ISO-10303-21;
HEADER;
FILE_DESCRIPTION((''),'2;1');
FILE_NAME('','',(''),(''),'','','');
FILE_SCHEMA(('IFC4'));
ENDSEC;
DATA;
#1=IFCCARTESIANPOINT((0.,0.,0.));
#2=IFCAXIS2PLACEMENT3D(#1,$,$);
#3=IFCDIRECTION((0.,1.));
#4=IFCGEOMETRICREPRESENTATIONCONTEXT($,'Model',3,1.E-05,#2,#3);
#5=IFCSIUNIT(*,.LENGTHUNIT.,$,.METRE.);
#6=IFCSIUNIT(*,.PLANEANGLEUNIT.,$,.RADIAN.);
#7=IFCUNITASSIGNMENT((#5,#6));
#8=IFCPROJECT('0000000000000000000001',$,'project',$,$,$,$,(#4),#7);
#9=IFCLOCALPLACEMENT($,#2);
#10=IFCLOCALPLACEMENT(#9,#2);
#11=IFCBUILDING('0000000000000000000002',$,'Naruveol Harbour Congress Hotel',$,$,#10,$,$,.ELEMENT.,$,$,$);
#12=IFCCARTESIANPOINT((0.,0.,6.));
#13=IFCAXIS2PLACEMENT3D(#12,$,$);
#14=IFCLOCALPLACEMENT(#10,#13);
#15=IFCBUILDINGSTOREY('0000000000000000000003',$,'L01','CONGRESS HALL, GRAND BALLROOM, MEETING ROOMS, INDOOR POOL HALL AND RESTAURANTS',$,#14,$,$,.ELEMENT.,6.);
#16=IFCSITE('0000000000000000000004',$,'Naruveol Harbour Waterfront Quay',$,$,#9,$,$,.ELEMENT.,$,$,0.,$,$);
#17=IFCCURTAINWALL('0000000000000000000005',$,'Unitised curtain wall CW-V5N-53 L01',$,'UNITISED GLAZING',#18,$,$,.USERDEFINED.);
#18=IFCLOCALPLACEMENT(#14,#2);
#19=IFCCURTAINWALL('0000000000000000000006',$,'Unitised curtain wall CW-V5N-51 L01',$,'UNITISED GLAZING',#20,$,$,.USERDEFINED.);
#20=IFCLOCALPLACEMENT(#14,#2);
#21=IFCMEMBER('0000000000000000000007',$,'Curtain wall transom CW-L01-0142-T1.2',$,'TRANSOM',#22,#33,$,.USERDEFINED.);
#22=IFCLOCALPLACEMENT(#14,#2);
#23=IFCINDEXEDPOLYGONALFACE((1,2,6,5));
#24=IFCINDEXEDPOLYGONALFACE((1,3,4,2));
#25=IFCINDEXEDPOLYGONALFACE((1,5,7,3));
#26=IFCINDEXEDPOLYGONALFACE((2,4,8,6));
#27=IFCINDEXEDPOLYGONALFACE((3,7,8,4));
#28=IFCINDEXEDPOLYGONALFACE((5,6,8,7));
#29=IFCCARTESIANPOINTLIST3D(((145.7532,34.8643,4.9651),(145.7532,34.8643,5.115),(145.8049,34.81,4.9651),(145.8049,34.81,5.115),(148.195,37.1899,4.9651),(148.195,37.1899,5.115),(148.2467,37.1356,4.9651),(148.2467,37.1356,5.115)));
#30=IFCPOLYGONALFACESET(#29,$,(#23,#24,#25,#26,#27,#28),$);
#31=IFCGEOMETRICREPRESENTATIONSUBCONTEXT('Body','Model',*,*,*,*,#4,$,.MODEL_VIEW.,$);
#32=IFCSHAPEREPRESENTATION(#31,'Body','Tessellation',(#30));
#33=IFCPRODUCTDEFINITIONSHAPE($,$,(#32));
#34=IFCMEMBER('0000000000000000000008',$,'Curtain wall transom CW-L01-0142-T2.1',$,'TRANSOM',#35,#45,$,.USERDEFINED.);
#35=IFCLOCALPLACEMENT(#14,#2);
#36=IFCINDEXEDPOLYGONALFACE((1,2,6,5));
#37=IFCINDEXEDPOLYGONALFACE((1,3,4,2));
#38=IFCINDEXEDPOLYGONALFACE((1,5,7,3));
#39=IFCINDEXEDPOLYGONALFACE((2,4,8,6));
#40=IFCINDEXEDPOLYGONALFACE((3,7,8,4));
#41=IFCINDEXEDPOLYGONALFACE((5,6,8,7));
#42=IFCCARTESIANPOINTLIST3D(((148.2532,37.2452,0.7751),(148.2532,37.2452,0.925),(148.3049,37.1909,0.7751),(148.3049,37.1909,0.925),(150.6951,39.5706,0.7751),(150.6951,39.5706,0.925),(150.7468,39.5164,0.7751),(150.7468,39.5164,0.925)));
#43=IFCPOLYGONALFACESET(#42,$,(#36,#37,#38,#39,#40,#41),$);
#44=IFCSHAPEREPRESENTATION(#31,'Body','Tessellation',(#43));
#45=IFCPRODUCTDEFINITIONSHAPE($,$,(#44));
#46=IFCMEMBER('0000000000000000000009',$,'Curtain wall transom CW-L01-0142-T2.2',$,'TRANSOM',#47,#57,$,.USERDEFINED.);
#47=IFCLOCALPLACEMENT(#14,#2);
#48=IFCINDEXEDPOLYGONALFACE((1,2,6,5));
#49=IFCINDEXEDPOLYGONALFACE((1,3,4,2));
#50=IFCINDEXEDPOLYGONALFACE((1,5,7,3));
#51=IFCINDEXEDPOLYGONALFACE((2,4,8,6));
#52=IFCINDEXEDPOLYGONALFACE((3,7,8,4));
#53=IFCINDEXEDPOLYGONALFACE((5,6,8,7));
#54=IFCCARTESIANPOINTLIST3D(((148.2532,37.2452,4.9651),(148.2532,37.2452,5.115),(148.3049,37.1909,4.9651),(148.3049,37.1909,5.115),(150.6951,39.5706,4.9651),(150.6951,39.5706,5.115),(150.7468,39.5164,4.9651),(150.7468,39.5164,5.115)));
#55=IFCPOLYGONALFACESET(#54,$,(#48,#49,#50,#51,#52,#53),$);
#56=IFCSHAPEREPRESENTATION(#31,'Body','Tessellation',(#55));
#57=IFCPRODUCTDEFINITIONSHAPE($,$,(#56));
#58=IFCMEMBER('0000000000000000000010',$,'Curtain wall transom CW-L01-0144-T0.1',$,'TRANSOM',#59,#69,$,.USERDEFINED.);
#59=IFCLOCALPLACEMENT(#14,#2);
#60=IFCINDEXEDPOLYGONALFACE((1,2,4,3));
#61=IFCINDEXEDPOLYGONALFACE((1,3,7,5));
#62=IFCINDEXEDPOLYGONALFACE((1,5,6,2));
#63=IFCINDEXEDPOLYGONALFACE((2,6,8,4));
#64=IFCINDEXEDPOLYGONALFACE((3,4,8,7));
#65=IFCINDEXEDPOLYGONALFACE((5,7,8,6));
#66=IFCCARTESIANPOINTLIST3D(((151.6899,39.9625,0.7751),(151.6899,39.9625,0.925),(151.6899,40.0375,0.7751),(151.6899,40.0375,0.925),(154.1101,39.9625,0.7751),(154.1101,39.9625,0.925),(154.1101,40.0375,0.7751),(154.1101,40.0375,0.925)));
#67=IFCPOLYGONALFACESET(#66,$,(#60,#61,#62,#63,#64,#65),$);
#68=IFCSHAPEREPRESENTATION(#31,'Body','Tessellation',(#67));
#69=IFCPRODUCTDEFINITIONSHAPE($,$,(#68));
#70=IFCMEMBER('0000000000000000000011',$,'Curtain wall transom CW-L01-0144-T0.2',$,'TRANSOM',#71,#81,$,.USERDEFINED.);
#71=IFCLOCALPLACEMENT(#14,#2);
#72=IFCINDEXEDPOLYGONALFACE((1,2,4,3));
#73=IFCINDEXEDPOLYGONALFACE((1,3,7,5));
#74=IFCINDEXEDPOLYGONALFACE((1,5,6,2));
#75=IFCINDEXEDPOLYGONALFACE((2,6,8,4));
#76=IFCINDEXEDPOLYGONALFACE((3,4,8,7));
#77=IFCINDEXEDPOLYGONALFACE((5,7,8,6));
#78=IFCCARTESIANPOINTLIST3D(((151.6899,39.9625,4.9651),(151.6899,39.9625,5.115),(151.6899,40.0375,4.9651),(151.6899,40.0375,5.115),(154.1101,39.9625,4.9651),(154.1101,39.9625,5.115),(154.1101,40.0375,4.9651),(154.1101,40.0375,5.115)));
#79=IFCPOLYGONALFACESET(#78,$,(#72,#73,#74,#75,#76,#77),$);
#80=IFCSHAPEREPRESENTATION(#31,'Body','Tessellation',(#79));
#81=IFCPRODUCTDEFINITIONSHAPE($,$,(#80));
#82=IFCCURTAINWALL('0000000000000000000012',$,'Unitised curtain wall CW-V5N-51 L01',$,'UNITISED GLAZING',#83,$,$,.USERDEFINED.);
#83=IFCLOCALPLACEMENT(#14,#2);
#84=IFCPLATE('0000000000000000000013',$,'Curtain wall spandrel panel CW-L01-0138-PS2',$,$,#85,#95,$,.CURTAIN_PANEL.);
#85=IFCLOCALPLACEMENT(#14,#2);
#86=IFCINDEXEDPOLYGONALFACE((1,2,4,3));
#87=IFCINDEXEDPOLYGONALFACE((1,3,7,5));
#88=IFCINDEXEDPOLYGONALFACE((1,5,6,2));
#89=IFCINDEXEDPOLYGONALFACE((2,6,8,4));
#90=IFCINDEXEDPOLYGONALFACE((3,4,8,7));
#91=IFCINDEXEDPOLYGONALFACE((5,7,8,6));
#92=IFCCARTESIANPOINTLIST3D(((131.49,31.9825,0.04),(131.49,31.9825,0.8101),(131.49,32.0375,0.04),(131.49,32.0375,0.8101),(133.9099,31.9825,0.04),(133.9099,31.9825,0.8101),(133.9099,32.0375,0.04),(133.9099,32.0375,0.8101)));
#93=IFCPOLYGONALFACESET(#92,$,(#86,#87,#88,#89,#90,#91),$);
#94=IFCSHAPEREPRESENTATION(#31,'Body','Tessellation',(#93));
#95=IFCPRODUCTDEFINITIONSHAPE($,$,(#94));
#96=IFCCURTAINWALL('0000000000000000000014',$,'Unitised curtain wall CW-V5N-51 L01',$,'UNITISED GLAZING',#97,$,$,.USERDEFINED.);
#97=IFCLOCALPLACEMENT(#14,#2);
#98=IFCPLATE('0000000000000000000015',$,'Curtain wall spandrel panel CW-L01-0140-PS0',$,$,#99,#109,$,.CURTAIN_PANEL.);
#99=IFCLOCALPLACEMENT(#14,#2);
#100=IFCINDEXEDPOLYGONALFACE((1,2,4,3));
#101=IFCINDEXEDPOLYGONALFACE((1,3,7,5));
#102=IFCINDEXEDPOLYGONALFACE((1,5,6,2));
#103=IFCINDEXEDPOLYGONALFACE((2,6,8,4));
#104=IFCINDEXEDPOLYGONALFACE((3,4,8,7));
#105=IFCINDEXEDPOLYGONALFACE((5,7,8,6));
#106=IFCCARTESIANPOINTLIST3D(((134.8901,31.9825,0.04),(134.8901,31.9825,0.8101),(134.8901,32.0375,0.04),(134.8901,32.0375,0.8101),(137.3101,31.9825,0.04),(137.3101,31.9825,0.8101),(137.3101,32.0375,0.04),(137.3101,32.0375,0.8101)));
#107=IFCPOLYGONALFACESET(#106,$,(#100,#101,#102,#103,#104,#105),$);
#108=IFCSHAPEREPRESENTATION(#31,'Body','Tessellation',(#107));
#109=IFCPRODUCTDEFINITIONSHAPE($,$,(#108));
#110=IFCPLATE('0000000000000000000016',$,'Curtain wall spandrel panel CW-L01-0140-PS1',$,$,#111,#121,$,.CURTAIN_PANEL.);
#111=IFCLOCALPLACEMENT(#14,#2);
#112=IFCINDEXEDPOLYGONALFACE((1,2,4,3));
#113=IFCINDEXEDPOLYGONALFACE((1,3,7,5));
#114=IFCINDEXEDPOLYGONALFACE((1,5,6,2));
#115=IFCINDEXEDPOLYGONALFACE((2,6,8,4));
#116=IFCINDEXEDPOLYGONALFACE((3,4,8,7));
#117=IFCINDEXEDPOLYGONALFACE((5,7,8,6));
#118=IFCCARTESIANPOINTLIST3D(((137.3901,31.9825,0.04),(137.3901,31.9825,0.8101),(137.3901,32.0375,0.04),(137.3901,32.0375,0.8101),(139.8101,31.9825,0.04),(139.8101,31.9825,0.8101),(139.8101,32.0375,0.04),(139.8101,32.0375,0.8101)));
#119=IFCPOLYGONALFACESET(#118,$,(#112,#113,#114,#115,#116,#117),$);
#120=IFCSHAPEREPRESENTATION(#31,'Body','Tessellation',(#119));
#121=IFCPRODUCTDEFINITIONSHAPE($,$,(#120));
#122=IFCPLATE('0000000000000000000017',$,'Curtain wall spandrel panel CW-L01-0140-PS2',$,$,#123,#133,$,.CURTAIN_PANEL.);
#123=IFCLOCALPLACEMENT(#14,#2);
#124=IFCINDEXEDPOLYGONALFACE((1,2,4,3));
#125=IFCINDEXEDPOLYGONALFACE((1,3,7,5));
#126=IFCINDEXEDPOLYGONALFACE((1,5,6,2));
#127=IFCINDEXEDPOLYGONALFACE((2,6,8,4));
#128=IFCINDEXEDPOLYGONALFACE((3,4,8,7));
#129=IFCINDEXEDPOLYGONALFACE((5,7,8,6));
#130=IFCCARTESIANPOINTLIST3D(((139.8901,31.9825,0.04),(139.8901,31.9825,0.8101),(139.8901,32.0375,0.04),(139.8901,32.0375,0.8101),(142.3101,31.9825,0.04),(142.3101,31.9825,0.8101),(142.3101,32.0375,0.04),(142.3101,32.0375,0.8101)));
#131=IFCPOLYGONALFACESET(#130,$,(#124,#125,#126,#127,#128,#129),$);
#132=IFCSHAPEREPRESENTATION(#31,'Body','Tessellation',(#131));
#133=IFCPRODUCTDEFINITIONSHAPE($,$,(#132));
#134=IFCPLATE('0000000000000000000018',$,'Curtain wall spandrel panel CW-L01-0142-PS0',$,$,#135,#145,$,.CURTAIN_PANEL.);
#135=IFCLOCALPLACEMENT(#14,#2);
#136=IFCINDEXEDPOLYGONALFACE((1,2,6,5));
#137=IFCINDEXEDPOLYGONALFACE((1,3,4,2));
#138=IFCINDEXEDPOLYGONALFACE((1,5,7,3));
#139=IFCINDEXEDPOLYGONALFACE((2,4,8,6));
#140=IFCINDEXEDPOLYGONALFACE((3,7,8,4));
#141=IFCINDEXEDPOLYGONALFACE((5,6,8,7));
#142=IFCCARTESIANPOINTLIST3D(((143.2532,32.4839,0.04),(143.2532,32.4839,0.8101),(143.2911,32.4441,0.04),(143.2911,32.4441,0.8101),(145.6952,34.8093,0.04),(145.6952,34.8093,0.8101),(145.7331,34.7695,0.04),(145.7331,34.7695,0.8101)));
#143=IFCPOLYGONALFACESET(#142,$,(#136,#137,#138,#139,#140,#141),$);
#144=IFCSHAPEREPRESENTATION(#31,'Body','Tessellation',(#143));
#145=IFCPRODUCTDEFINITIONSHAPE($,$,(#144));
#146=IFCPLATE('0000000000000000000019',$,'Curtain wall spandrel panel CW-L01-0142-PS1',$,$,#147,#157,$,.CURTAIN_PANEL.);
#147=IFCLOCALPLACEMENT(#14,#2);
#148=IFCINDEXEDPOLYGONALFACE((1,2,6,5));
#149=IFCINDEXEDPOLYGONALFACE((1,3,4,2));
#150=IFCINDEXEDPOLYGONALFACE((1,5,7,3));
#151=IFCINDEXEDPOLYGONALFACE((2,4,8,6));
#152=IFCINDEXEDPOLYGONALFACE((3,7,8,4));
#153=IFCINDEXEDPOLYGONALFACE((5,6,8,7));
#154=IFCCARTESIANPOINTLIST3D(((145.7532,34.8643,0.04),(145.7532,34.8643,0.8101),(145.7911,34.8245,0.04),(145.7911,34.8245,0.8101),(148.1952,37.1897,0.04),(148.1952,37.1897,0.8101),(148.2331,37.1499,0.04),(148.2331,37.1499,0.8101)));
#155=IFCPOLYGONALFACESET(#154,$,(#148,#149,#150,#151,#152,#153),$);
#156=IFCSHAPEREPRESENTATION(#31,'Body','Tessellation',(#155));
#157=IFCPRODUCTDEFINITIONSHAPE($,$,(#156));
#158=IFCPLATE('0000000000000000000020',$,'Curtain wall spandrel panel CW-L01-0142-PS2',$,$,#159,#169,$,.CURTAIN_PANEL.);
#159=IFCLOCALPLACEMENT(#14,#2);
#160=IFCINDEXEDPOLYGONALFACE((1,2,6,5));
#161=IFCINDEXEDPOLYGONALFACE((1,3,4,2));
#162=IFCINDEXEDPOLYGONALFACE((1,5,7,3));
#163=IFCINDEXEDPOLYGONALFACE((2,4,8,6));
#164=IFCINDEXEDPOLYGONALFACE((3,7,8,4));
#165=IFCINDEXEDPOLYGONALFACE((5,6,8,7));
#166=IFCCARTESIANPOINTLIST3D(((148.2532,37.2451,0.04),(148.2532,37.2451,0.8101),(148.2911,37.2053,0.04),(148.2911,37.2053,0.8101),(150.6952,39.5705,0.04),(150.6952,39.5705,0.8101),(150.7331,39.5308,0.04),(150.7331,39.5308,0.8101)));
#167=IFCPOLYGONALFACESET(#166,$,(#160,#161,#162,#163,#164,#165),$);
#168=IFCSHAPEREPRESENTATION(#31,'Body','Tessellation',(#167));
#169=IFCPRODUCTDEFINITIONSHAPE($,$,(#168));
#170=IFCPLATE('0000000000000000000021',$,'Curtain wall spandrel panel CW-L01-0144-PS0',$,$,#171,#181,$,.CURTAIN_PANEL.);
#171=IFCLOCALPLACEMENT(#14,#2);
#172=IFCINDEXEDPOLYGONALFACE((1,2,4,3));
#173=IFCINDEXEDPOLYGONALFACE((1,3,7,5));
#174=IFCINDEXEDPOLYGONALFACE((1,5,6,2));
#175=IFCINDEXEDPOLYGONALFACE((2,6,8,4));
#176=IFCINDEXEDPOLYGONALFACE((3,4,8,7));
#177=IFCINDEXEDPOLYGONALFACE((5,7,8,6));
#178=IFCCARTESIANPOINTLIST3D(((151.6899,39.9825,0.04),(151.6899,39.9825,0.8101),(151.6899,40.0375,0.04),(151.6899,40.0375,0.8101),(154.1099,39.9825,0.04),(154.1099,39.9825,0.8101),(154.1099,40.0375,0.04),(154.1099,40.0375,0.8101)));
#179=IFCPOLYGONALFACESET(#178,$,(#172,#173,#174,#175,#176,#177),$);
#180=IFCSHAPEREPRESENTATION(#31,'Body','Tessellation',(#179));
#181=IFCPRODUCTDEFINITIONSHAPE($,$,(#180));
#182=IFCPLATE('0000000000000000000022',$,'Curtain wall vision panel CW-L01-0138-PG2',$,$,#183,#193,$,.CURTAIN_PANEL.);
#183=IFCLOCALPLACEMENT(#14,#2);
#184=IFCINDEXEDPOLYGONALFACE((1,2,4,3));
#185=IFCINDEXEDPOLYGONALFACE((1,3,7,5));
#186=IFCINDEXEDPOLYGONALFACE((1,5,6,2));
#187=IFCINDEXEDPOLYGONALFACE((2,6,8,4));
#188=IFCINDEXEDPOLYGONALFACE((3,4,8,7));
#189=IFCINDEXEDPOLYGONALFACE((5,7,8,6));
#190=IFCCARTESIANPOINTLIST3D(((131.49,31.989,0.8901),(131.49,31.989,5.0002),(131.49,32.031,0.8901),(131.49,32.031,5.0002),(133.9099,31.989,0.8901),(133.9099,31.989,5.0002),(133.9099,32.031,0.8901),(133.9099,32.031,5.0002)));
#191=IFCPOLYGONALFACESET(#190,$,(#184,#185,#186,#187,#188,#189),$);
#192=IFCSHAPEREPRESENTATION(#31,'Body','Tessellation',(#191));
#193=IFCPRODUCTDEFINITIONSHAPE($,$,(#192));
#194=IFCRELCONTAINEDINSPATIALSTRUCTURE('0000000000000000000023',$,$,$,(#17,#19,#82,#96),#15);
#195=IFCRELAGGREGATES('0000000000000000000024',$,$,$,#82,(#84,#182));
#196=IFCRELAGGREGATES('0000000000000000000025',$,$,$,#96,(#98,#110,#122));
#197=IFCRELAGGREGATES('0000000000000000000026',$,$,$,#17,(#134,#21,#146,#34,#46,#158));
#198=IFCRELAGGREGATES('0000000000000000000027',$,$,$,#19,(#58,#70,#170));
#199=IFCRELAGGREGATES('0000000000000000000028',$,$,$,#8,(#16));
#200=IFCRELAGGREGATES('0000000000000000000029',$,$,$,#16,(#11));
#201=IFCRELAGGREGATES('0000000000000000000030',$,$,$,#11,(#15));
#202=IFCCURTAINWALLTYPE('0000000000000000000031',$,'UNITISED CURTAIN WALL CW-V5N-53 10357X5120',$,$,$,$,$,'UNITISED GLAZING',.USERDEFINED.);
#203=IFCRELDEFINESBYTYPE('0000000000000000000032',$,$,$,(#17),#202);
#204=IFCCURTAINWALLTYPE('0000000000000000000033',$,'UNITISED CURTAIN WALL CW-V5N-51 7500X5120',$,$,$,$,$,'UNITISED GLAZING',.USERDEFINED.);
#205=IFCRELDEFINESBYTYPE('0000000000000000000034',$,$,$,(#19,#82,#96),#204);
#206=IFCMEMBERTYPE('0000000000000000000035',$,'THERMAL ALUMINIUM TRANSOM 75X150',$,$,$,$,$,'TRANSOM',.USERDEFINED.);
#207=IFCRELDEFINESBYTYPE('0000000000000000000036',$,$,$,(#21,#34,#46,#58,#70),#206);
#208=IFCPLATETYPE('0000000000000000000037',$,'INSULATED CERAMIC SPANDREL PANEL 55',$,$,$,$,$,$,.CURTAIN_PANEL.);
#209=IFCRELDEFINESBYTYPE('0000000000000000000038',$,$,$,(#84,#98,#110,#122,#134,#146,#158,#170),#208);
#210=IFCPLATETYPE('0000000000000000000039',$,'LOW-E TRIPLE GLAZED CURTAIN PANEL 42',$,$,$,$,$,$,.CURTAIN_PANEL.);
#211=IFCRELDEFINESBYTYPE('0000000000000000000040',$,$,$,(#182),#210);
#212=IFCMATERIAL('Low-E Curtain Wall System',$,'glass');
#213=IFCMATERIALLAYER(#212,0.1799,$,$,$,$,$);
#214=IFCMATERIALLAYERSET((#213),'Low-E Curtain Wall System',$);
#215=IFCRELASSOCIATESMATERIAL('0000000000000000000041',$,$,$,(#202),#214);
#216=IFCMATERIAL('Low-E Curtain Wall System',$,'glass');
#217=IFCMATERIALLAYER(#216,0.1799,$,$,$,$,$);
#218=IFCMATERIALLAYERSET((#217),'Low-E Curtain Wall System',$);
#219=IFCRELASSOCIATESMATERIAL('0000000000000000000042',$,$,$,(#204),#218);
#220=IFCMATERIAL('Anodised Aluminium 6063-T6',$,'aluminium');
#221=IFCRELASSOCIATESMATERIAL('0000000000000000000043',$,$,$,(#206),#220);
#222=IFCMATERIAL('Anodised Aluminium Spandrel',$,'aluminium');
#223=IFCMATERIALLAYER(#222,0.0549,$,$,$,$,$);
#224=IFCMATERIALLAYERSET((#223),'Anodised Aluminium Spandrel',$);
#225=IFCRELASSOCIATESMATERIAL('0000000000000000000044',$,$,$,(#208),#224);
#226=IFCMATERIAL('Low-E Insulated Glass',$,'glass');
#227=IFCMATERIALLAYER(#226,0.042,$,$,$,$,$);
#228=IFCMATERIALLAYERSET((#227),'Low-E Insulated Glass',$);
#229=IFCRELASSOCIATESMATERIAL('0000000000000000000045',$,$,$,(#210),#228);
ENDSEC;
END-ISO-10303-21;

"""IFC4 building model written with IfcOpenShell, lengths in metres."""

from ifc_helpers import new_model, si_unit, direction, frame, origin, origin_2d, place, context, subcontext, project, spatial, rectangle, extrude, material, layer, layer_set, material_profile, profile_set, type_object, element, aggregate, save


model = new_model("IFC4")

# Units and contexts
model_context = context("Model", 3, precision=1e-05, world=origin(), true_north=direction((0.0, 1.0)))
body_context = subcontext(model_context, "Body", "Model", "MODEL_VIEW")
ifc_project = project(units=[si_unit("LENGTHUNIT", "METRE"), si_unit("PLANEANGLEUNIT", "RADIAN")], contexts=[model_context])

# Site, building, storey
site_placement = place(None, origin())
site = spatial("IfcSite", under=ifc_project, at=site_placement, Name="Naruveol Harbour Waterfront Quay", CompositionType="ELEMENT", RefElevation=0.0)
building_placement = place(site_placement, origin())
building = spatial("IfcBuilding", under=site, at=building_placement, Name="Naruveol Harbour Congress Hotel", CompositionType="ELEMENT")
storey_placement = place(building_placement, frame((0.0, 0.0, 6.0)))
storey = spatial("IfcBuildingStorey", under=building, at=storey_placement, Name="L01", Description="CONGRESS HALL, GRAND BALLROOM, MEETING ROOMS, INDOOR POOL HALL AND RESTAURANTS", CompositionType="ELEMENT", Elevation=6.0)

# Curtain walls
ifc_material_1 = material(Name="Low-E Curtain Wall System", Category="glass")
ifc_layer_1 = layer(ifc_material_1, 0.1799)
ifc_layer_set_1 = layer_set([ifc_layer_1], Name="Low-E Curtain Wall System")
curtain_wall_type_1 = type_object("IfcCurtainWallType", Name="UNITISED CURTAIN WALL CW-V5N-53 10357X5120", ElementType="UNITISED GLAZING", PredefinedType="USERDEFINED", material=ifc_layer_set_1)
curtain_wall_1_placement = place(storey_placement, origin())
curtain_wall_1 = element("IfcCurtainWall", 1, at=curtain_wall_1_placement, inside=storey, type_object=curtain_wall_type_1, Name="Unitised curtain wall CW-V5N-53 L01", ObjectType="UNITISED GLAZING", PredefinedType="USERDEFINED")
ifc_material_2 = material(Name="Low-E Curtain Wall System", Category="glass")
ifc_layer_2 = layer(ifc_material_2, 0.1799)
ifc_layer_set_2 = layer_set([ifc_layer_2], Name="Low-E Curtain Wall System")
curtain_wall_type_2 = type_object("IfcCurtainWallType", Name="UNITISED CURTAIN WALL CW-V5N-51 7500X5120", ElementType="UNITISED GLAZING", PredefinedType="USERDEFINED", material=ifc_layer_set_2)
curtain_wall_2_placement = place(storey_placement, origin())
curtain_wall_2 = element("IfcCurtainWall", 2, at=curtain_wall_2_placement, inside=storey, type_object=curtain_wall_type_2, Name="Unitised curtain wall CW-V5N-51 L01", ObjectType="UNITISED GLAZING", PredefinedType="USERDEFINED")

# Members
ifc_material_3 = material(Name="Anodised Aluminium 6063-T6", Category="aluminium")
ifc_material_profile_1 = material_profile(ifc_material_3, rectangle(XDim=0.075, YDim=0.1499, at=origin_2d()), Name="ALU-75x150")
ifc_profile_set_1 = profile_set([ifc_material_profile_1], Name="Anodised Aluminium 6063-T6")
member_type_1 = type_object("IfcMemberType", Name="THERMAL ALUMINIUM TRANSOM 75X150", ElementType="TRANSOM", PredefinedType="USERDEFINED", material=ifc_profile_set_1)
member_1_placement = place(storey_placement, frame((145.7791, 34.8372, 5.04), z_axis=(0.724128, 0.689666, 0.0), x_axis=(-0.689666, 0.724128, 0.0)))
member_1 = element("IfcMember", 3, at=member_1_placement, type_object=member_type_1, Name="Curtain wall transom CW-L01-0142-T1.2", ObjectType="TRANSOM", PredefinedType="USERDEFINED", context=body_context, shape_type="SweptSolid", body=[
    extrude(rectangle(XDim=0.075, YDim=0.1499, at=origin_2d()), origin(), (0.0, 0.0, 1.0), 3.3721),
])
member_2_placement = place(storey_placement, frame((148.2791, 37.218, 0.8501), z_axis=(0.724164, 0.689628, 0.0), x_axis=(-0.689628, 0.724164, 0.0)))
member_2 = element("IfcMember", 4, at=member_2_placement, type_object=member_type_1, Name="Curtain wall transom CW-L01-0142-T2.1", ObjectType="TRANSOM", PredefinedType="USERDEFINED", context=body_context, shape_type="SweptSolid", body=[
    extrude(rectangle(XDim=0.075, YDim=0.1499, at=origin_2d()), origin(), (0.0, 0.0, 1.0), 3.3721),
])
member_3_placement = place(storey_placement, frame((148.2791, 37.218, 5.04), z_axis=(0.724164, 0.689628, 0.0), x_axis=(-0.689628, 0.724164, 0.0)))
member_3 = element("IfcMember", 5, at=member_3_placement, type_object=member_type_1, Name="Curtain wall transom CW-L01-0142-T2.2", ObjectType="TRANSOM", PredefinedType="USERDEFINED", context=body_context, shape_type="SweptSolid", body=[
    extrude(rectangle(XDim=0.075, YDim=0.1499, at=origin_2d()), origin(), (0.0, 0.0, 1.0), 3.3721),
])
member_4_placement = place(storey_placement, frame((151.6899, 40.0, 0.8501), z_axis=(1.0, 0.0, 0.0), x_axis=(0.0, 1.0, 0.0)))
member_4 = element("IfcMember", 6, at=member_4_placement, type_object=member_type_1, Name="Curtain wall transom CW-L01-0144-T0.1", ObjectType="TRANSOM", PredefinedType="USERDEFINED", context=body_context, shape_type="SweptSolid", body=[
    extrude(rectangle(XDim=0.075, YDim=0.1499, at=origin_2d()), origin(), (0.0, 0.0, 1.0), 2.4202),
])
member_5_placement = place(storey_placement, frame((151.6899, 40.0, 5.04), z_axis=(1.0, 0.0, 0.0), x_axis=(0.0, 1.0, 0.0)))
member_5 = element("IfcMember", 7, at=member_5_placement, type_object=member_type_1, Name="Curtain wall transom CW-L01-0144-T0.2", ObjectType="TRANSOM", PredefinedType="USERDEFINED", context=body_context, shape_type="SweptSolid", body=[
    extrude(rectangle(XDim=0.075, YDim=0.1499, at=origin_2d()), origin(), (0.0, 0.0, 1.0), 2.4202),
])

# Curtain wall, plate
curtain_wall_3_placement = place(storey_placement, origin())
curtain_wall_3 = element("IfcCurtainWall", 8, at=curtain_wall_3_placement, inside=storey, type_object=curtain_wall_type_2, Name="Unitised curtain wall CW-V5N-51 L01", ObjectType="UNITISED GLAZING", PredefinedType="USERDEFINED")
ifc_material_4 = material(Name="Anodised Aluminium Spandrel", Category="aluminium")
ifc_layer_3 = layer(ifc_material_4, 0.0549)
ifc_layer_set_3 = layer_set([ifc_layer_3], Name="Anodised Aluminium Spandrel")
plate_type_1 = type_object("IfcPlateType", Name="INSULATED CERAMIC SPANDREL PANEL 55", PredefinedType="CURTAIN_PANEL", material=ifc_layer_set_3)
plate_1_placement = place(storey_placement, frame((132.7, 32.01, 0.04), z_axis=(0.0, 0.0, 1.0), x_axis=(1.0, 0.0, 0.0)))
plate_1 = element("IfcPlate", 9, at=plate_1_placement, type_object=plate_type_1, Name="Curtain wall spandrel panel CW-L01-0138-PS2", PredefinedType="CURTAIN_PANEL", context=body_context, shape_type="SweptSolid", body=[
    extrude(rectangle(XDim=2.4199, YDim=0.0549, at=origin_2d()), origin(), (0.0, 0.0, 1.0), 0.77),
])

# Curtain wall, plates
curtain_wall_4_placement = place(storey_placement, origin())
curtain_wall_4 = element("IfcCurtainWall", 10, at=curtain_wall_4_placement, inside=storey, type_object=curtain_wall_type_2, Name="Unitised curtain wall CW-V5N-51 L01", ObjectType="UNITISED GLAZING", PredefinedType="USERDEFINED")
plate_2_placement = place(storey_placement, frame((136.1001, 32.01, 0.04), z_axis=(0.0, 0.0, 1.0), x_axis=(1.0, 0.0, 0.0)))
plate_2 = element("IfcPlate", 11, at=plate_2_placement, type_object=plate_type_1, Name="Curtain wall spandrel panel CW-L01-0140-PS0", PredefinedType="CURTAIN_PANEL", context=body_context, shape_type="SweptSolid", body=[
    extrude(rectangle(XDim=2.4199, YDim=0.0549, at=origin_2d()), origin(), (0.0, 0.0, 1.0), 0.77),
])
plate_3_placement = place(storey_placement, frame((138.6001, 32.01, 0.04), z_axis=(0.0, 0.0, 1.0), x_axis=(1.0, 0.0, 0.0)))
plate_3 = element("IfcPlate", 12, at=plate_3_placement, type_object=plate_type_1, Name="Curtain wall spandrel panel CW-L01-0140-PS1", PredefinedType="CURTAIN_PANEL", context=body_context, shape_type="SweptSolid", body=[
    extrude(rectangle(XDim=2.4199, YDim=0.0549, at=origin_2d()), origin(), (0.0, 0.0, 1.0), 0.77),
])
plate_4_placement = place(storey_placement, frame((141.1001, 32.01, 0.04), z_axis=(0.0, 0.0, 1.0), x_axis=(1.0, 0.0, 0.0)))
plate_4 = element("IfcPlate", 13, at=plate_4_placement, type_object=plate_type_1, Name="Curtain wall spandrel panel CW-L01-0140-PS2", PredefinedType="CURTAIN_PANEL", context=body_context, shape_type="SweptSolid", body=[
    extrude(rectangle(XDim=2.4199, YDim=0.0549, at=origin_2d()), origin(), (0.0, 0.0, 1.0), 0.77),
])

# Plates
plate_5_placement = place(storey_placement, frame((144.4932, 33.6267, 0.04), z_axis=(0.0, 0.0, 1.0), x_axis=(0.724184, 0.689607, 0.0)))
plate_5 = element("IfcPlate", 14, at=plate_5_placement, type_object=plate_type_1, Name="Curtain wall spandrel panel CW-L01-0142-PS0", PredefinedType="CURTAIN_PANEL", context=body_context, shape_type="SweptSolid", body=[
    extrude(rectangle(XDim=3.3721, YDim=0.0549, at=origin_2d()), origin(), (0.0, 0.0, 1.0), 0.77),
])
plate_6_placement = place(storey_placement, frame((146.9932, 36.0071, 0.04), z_axis=(0.0, 0.0, 1.0), x_axis=(0.724184, 0.689607, 0.0)))
plate_6 = element("IfcPlate", 15, at=plate_6_placement, type_object=plate_type_1, Name="Curtain wall spandrel panel CW-L01-0142-PS1", PredefinedType="CURTAIN_PANEL", context=body_context, shape_type="SweptSolid", body=[
    extrude(rectangle(XDim=3.3721, YDim=0.0549, at=origin_2d()), origin(), (0.0, 0.0, 1.0), 0.77),
])
plate_7_placement = place(storey_placement, frame((149.4932, 38.3879, 0.04), z_axis=(0.0, 0.0, 1.0), x_axis=(0.724184, 0.689607, 0.0)))
plate_7 = element("IfcPlate", 16, at=plate_7_placement, type_object=plate_type_1, Name="Curtain wall spandrel panel CW-L01-0142-PS2", PredefinedType="CURTAIN_PANEL", context=body_context, shape_type="SweptSolid", body=[
    extrude(rectangle(XDim=3.3721, YDim=0.0549, at=origin_2d()), origin(), (0.0, 0.0, 1.0), 0.77),
])
plate_8_placement = place(storey_placement, frame((152.8999, 40.01, 0.04), z_axis=(0.0, 0.0, 1.0), x_axis=(1.0, 0.0, 0.0)))
plate_8 = element("IfcPlate", 17, at=plate_8_placement, type_object=plate_type_1, Name="Curtain wall spandrel panel CW-L01-0144-PS0", PredefinedType="CURTAIN_PANEL", context=body_context, shape_type="SweptSolid", body=[
    extrude(rectangle(XDim=2.4199, YDim=0.0549, at=origin_2d()), origin(), (0.0, 0.0, 1.0), 0.77),
])
ifc_material_5 = material(Name="Low-E Insulated Glass", Category="glass")
ifc_layer_4 = layer(ifc_material_5, 0.042)
ifc_layer_set_4 = layer_set([ifc_layer_4], Name="Low-E Insulated Glass")
plate_type_2 = type_object("IfcPlateType", Name="LOW-E TRIPLE GLAZED CURTAIN PANEL 42", PredefinedType="CURTAIN_PANEL", material=ifc_layer_set_4)
plate_9_placement = place(storey_placement, frame((132.7, 32.01, 0.8901), z_axis=(0.0, 0.0, 1.0), x_axis=(1.0, 0.0, 0.0)))
plate_9 = element("IfcPlate", 18, at=plate_9_placement, type_object=plate_type_2, Name="Curtain wall vision panel CW-L01-0138-PG2", PredefinedType="CURTAIN_PANEL", context=body_context, shape_type="SweptSolid", body=[
    extrude(rectangle(XDim=2.4199, YDim=0.042, at=origin_2d()), origin(), (0.0, 0.0, 1.0), 4.1101),
])
aggregate(curtain_wall_3, [plate_1, plate_9])
aggregate(curtain_wall_4, [plate_2, plate_3, plate_4])
aggregate(curtain_wall_1, [plate_5, member_1, plate_6, member_2, member_3, plate_7])
aggregate(curtain_wall_2, [member_4, member_5, plate_8])

save(model, "model.ifc")
